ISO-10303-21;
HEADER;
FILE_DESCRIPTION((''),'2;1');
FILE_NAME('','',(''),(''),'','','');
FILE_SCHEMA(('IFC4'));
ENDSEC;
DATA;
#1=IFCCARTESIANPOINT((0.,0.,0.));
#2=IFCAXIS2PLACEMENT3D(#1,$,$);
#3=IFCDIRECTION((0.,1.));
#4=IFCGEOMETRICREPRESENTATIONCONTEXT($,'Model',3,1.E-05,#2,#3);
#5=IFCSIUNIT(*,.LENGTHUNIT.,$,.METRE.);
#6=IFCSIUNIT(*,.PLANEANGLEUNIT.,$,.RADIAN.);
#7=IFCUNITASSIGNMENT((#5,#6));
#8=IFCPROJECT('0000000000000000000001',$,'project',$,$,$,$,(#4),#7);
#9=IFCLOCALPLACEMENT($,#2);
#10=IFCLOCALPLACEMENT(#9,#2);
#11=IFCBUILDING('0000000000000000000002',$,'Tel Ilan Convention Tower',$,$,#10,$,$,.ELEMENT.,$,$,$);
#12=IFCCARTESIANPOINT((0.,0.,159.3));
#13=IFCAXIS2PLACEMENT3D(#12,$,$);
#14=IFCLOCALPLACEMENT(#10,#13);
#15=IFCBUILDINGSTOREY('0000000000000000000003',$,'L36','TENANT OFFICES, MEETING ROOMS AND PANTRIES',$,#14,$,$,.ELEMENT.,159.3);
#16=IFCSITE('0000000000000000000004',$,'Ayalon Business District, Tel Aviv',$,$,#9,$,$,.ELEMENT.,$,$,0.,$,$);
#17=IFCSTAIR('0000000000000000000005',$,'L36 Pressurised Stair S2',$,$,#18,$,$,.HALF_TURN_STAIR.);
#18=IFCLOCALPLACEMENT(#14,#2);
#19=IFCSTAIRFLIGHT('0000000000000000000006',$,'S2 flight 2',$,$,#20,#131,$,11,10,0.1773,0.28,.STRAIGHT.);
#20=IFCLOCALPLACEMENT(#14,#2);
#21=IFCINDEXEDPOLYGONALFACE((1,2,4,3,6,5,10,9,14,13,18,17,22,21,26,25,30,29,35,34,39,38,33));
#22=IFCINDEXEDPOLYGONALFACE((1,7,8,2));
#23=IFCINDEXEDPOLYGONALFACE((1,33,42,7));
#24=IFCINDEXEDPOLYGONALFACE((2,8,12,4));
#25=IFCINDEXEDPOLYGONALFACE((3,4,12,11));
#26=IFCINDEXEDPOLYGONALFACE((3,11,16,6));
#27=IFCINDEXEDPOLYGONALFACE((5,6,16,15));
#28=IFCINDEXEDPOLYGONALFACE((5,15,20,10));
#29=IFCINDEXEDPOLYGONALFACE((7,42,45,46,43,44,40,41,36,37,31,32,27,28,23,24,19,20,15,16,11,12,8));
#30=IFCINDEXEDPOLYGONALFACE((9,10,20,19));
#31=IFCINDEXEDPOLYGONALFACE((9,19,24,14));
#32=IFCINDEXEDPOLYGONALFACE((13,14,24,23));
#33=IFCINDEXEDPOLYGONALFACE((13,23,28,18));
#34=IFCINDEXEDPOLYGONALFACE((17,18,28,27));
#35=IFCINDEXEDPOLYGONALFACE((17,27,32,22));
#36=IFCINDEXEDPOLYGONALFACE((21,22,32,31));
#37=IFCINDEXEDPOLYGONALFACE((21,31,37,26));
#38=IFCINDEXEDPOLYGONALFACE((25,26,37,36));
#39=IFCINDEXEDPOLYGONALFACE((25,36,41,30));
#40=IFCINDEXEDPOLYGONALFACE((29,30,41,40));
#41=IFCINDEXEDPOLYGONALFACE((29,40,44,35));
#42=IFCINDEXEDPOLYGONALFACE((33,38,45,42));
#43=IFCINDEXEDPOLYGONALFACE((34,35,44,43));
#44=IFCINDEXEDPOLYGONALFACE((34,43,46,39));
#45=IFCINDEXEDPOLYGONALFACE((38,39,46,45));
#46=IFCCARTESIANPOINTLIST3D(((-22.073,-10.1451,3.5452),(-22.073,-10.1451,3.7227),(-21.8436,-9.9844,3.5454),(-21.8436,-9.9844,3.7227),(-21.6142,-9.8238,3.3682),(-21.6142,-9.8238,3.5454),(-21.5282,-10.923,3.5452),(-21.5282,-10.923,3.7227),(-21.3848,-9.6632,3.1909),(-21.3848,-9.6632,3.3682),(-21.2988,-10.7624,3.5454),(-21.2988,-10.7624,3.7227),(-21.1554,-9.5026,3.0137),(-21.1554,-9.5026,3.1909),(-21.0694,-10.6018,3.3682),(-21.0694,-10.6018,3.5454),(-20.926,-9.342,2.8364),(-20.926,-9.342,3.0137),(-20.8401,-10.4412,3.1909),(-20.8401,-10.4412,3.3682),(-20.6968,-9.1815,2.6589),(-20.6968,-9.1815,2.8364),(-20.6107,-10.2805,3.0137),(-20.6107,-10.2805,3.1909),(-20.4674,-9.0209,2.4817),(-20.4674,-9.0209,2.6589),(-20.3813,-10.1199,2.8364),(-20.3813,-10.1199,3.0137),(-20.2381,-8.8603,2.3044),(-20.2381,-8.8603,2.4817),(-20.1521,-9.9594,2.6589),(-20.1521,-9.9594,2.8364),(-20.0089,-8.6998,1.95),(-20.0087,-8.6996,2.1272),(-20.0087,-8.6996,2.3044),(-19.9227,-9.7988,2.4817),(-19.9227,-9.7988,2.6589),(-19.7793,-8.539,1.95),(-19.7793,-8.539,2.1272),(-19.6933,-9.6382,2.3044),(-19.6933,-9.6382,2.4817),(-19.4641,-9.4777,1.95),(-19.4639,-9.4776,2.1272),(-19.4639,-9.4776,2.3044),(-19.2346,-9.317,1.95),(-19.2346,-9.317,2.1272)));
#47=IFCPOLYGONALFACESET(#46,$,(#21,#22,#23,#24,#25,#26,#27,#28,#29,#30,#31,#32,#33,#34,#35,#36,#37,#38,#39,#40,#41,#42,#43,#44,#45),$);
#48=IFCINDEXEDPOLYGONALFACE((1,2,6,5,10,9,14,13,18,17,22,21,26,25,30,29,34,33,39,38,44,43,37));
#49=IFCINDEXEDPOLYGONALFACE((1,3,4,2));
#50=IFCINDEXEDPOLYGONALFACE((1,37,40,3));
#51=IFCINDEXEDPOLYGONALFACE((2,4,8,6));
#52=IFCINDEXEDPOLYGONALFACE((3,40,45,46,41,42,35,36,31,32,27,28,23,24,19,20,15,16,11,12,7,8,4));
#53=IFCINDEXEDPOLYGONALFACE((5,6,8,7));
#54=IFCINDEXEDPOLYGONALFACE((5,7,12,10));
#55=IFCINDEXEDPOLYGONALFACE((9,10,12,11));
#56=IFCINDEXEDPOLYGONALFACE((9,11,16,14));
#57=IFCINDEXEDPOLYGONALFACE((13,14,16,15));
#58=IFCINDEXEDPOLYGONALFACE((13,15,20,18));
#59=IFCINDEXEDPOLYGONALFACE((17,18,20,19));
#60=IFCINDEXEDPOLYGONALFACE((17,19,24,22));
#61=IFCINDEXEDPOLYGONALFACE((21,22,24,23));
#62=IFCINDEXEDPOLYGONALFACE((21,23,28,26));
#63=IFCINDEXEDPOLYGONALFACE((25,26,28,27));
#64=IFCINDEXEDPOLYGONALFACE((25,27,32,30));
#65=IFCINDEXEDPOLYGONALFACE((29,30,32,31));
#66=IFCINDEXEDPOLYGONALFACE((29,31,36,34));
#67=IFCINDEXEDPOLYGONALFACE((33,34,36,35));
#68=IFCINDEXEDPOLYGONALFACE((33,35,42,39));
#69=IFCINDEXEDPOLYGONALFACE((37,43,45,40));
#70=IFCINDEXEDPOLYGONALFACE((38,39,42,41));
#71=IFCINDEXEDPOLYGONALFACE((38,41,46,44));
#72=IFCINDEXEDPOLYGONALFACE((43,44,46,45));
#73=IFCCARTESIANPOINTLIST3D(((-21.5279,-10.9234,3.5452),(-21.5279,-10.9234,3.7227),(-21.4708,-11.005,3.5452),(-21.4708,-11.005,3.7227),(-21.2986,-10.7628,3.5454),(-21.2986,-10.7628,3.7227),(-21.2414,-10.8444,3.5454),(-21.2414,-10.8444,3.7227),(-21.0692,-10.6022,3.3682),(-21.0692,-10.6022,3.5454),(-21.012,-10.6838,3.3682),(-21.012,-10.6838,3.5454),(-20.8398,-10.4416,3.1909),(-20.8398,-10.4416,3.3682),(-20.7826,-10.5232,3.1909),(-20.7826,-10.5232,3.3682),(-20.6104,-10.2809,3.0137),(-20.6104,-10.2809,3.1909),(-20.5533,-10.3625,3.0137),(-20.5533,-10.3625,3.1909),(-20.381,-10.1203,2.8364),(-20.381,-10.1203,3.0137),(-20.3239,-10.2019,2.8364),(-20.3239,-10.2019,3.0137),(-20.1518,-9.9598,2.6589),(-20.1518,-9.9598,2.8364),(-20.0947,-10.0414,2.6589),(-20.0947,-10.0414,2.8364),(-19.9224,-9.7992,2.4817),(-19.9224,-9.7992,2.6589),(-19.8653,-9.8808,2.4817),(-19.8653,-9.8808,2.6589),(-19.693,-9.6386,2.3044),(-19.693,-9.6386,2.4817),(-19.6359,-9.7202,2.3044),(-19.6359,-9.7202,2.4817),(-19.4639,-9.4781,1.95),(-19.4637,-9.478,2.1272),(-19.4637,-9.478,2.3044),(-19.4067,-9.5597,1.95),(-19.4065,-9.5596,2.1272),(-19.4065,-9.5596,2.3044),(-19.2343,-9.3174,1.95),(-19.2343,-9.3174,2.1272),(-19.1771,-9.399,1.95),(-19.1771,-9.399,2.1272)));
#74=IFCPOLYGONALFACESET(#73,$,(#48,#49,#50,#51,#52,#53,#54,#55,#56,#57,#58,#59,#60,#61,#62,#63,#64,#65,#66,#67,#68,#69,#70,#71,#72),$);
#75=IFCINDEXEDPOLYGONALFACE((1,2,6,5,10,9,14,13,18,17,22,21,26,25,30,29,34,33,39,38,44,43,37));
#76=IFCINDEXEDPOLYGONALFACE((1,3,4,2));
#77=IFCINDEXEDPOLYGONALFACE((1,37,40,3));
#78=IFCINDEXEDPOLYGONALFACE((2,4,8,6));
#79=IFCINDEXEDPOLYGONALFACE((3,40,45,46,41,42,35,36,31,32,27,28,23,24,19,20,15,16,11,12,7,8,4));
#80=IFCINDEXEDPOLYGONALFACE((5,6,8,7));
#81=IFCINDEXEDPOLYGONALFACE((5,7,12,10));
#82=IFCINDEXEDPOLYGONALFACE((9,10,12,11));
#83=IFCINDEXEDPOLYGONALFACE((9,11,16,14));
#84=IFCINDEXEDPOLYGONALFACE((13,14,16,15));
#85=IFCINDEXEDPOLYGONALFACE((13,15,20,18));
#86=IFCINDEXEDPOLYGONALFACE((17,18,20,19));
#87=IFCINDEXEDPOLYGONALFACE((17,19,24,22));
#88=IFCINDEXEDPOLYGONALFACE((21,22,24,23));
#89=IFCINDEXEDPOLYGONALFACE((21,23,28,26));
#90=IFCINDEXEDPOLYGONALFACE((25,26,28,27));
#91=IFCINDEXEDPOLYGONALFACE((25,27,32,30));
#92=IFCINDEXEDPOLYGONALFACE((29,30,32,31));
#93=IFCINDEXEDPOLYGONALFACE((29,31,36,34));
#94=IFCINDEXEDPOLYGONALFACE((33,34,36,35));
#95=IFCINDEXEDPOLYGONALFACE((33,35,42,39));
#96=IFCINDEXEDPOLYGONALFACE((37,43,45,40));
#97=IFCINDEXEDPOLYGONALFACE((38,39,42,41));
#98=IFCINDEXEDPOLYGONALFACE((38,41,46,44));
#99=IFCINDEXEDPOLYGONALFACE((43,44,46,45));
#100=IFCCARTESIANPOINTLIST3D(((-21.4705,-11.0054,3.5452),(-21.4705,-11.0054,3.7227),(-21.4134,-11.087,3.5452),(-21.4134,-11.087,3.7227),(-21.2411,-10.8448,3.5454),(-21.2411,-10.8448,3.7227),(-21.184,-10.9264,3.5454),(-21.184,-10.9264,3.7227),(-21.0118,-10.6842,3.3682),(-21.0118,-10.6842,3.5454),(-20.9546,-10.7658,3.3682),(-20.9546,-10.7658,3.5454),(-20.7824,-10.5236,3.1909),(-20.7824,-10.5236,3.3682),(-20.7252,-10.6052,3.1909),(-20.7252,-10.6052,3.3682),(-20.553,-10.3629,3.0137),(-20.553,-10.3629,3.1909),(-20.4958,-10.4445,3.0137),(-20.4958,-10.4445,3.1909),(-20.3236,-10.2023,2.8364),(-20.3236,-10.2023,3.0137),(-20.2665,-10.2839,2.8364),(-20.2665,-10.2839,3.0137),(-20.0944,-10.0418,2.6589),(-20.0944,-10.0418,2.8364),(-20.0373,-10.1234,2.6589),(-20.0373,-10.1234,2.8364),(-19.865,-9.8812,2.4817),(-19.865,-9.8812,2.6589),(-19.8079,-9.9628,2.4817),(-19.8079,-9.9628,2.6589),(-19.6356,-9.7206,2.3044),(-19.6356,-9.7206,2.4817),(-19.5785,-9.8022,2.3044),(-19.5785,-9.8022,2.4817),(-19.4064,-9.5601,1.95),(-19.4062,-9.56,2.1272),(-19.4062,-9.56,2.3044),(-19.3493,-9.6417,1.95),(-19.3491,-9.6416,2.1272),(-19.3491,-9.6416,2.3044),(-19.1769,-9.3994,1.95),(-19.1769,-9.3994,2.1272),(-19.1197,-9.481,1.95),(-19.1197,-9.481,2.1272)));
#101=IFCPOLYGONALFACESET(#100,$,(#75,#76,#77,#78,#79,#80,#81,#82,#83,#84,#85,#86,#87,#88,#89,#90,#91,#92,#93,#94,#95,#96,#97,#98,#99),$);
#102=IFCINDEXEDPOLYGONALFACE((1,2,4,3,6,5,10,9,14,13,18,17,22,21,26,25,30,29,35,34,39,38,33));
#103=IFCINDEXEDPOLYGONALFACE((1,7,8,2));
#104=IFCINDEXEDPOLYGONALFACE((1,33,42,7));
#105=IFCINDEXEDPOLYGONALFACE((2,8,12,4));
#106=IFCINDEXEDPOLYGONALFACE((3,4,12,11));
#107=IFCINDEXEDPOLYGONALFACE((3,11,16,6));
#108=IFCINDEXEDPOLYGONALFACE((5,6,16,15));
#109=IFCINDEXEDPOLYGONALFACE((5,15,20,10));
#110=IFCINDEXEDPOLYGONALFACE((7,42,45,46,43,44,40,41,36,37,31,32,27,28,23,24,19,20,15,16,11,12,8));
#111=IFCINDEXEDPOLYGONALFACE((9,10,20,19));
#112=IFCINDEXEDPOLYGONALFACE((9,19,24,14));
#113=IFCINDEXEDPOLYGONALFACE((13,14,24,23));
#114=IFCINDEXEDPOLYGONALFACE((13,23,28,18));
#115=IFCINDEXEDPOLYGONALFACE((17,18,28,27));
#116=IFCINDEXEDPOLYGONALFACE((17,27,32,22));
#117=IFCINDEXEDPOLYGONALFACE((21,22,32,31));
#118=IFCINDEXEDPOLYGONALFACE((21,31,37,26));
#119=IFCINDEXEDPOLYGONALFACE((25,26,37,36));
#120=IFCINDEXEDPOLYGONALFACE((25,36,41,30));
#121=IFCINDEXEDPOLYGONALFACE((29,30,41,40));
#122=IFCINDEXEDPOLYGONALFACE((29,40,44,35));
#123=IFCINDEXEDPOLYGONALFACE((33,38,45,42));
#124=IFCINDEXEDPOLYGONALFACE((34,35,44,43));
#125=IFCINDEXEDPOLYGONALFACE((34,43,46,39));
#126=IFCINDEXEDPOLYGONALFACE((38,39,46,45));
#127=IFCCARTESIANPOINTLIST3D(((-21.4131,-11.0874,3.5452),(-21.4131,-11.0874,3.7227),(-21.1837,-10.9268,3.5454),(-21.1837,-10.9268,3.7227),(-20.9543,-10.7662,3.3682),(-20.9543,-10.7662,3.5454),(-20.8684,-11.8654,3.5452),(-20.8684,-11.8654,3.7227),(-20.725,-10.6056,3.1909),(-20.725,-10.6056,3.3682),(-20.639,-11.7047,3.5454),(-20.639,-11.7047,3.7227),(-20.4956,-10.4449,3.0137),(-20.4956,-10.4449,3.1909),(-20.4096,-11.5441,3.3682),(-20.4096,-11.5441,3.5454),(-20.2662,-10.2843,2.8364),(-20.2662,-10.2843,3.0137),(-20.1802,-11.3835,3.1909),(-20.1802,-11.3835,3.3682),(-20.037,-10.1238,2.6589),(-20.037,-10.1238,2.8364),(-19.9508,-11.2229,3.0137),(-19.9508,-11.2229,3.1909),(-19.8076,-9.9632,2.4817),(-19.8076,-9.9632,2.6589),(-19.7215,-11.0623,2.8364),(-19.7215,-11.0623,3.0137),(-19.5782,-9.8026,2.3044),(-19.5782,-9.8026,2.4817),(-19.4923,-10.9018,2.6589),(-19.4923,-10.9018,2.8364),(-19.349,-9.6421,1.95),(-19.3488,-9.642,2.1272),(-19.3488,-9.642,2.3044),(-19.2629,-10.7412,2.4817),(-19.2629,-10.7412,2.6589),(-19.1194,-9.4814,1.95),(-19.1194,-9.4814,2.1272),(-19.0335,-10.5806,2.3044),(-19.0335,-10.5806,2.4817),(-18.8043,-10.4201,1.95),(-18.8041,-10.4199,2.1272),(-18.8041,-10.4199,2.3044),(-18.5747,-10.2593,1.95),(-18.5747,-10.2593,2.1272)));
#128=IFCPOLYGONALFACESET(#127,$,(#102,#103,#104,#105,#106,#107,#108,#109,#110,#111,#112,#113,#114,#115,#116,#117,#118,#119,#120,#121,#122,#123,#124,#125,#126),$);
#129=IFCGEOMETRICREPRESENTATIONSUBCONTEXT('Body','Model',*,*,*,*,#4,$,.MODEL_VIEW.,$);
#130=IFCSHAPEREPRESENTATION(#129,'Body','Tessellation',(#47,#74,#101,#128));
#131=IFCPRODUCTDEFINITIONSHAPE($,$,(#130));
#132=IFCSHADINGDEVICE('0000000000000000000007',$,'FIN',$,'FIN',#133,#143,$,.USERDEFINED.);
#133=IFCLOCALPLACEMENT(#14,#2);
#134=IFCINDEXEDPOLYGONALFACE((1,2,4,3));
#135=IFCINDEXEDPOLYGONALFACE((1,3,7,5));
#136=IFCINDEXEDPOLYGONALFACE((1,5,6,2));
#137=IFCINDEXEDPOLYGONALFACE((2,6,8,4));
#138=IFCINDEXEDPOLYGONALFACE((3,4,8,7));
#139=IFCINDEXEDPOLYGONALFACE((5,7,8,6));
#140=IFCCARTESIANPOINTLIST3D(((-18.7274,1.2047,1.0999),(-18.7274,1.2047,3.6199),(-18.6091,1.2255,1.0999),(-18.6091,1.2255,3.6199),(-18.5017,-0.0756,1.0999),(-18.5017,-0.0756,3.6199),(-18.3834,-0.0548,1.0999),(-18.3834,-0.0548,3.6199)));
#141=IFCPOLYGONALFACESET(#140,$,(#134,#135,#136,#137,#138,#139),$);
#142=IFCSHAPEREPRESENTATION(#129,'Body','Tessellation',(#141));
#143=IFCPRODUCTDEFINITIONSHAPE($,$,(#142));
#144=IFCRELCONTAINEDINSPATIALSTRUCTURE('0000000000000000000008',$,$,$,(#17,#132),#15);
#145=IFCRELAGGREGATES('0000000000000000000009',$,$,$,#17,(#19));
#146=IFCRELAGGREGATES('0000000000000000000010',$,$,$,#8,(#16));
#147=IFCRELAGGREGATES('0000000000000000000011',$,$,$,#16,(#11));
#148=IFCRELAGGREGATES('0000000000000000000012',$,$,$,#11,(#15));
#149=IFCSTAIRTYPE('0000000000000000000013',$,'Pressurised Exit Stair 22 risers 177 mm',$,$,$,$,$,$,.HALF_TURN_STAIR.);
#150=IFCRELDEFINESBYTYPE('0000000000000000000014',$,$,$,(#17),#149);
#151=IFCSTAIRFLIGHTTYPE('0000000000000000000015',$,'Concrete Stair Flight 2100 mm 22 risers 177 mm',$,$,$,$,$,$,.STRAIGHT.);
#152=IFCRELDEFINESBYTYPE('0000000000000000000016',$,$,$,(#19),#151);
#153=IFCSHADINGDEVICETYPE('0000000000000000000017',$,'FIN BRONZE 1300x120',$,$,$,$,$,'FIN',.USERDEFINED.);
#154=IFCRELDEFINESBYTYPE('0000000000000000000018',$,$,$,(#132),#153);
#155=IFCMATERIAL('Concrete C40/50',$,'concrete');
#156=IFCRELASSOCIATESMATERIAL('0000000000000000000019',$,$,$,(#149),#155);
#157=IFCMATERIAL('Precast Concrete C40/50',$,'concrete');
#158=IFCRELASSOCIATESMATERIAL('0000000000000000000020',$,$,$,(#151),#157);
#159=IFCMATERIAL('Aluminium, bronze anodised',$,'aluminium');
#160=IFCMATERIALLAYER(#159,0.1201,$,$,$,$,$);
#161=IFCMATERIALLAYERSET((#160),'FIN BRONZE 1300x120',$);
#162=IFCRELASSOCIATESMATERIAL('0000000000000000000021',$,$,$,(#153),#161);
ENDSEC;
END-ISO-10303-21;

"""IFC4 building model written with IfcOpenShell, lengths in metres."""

from ifc_helpers import new_model, si_unit, direction, frame, origin, origin_2d, place, context, subcontext, project, spatial, polyline, rectangle, outline, extrude, material, layer, layer_set, type_object, element, aggregate, save


model = new_model("IFC4")

# Units and contexts
model_context = context("Model", 3, precision=1e-05, world=origin(), true_north=direction((0.0, 1.0)))
body_context = subcontext(model_context, "Body", "Model", "MODEL_VIEW")
ifc_project = project(units=[si_unit("LENGTHUNIT", "METRE"), si_unit("PLANEANGLEUNIT", "RADIAN")], contexts=[model_context])

# Site, building, storey
site_placement = place(None, origin())
site = spatial("IfcSite", under=ifc_project, at=site_placement, Name="Ayalon Business District, Tel Aviv", CompositionType="ELEMENT", RefElevation=0.0)
building_placement = place(site_placement, origin())
building = spatial("IfcBuilding", under=site, at=building_placement, Name="Tel Ilan Convention Tower", CompositionType="ELEMENT")
storey_placement = place(building_placement, frame((0.0, 0.0, 159.3)))
storey = spatial("IfcBuildingStorey", under=building, at=storey_placement, Name="L36", Description="TENANT OFFICES, MEETING ROOMS AND PANTRIES", CompositionType="ELEMENT", Elevation=159.3)

# Stair, stair flight
ifc_material_1 = material(Name="Concrete C40/50", Category="concrete")
stair_type = type_object("IfcStairType", Name="Pressurised Exit Stair 22 risers 177 mm", PredefinedType="HALF_TURN_STAIR", material=ifc_material_1)
ifc_material_2 = material(Name="Precast Concrete C40/50", Category="concrete")
stair_flight_type = type_object("IfcStairFlightType", Name="Concrete Stair Flight 2100 mm 22 risers 177 mm", PredefinedType="STRAIGHT", material=ifc_material_2)
stair_1_placement = place(storey_placement, origin())
stair_1 = element("IfcStair", 1, at=stair_1_placement, inside=storey, type_object=stair_type, Name="L36 Pressurised Stair S2", PredefinedType="HALF_TURN_STAIR")
stair_flight_1_placement = place(storey_placement, frame((-19.177, -9.3992, 1.95), z_axis=(0.0, 0.0, 1.0), x_axis=(-0.819152, -0.573576, 0.0)))
stair_flight_1 = element("IfcStairFlight", 2, at=stair_flight_1_placement, type_object=stair_flight_type, Name="S2 flight 2", NumberOfRisers=11, NumberOfTreads=10, PredefinedType="STRAIGHT", RiserHeight=0.1773, TreadLength=0.28, context=body_context, shape_type="SweptSolid", body=[
    extrude(outline(polyline([(0.0, 0.0), (0.0, 0.1772), (0.28, 0.1772), (0.28, 0.3545), (0.5601, 0.3545), (0.5601, 0.5317), (0.8401, 0.5317), (0.8401, 0.709), (1.1201, 0.709), (1.1201, 0.8865), (1.3999, 0.8865), (1.3999, 1.0637), (1.6799, 1.0637), (1.6799, 1.241), (1.96, 1.241), (1.96, 1.4182), (2.24, 1.4182), (2.24, 1.5955), (2.52, 1.5955), (2.52, 1.7727), (2.8, 1.7727), (2.8, 1.95), (2.8, 1.5952), (0.2803, 0.0), (0.0, 0.0)])), frame((0.0, -0.1003, 0.0), z_axis=(0.0, -1.0, 0.0), x_axis=(1.0, 0.0, 0.0)), (0.0, 0.0, 1.0), 0.9497),
    extrude(outline(polyline([(0.0, 0.0), (0.0, 0.1772), (0.28, 0.1772), (0.28, 0.3545), (0.5601, 0.3545), (0.5601, 0.5317), (0.8401, 0.5317), (0.8401, 0.709), (1.1201, 0.709), (1.1201, 0.8865), (1.3999, 0.8865), (1.3999, 1.0637), (1.6799, 1.0637), (1.6799, 1.241), (1.96, 1.241), (1.96, 1.4182), (2.24, 1.4182), (2.24, 1.5955), (2.52, 1.5955), (2.52, 1.7727), (2.8, 1.7727), (2.8, 1.95), (2.8, 1.5952), (0.2803, 0.0), (0.0, 0.0)])), frame((0.0, -0.0002, 0.0), z_axis=(0.0, -1.0, 0.0), x_axis=(1.0, 0.0, 0.0)), (0.0, 0.0, 1.0), 0.0996),
    extrude(outline(polyline([(0.0, 0.0), (0.0, 0.1772), (0.28, 0.1772), (0.28, 0.3545), (0.5601, 0.3545), (0.5601, 0.5317), (0.8401, 0.5317), (0.8401, 0.709), (1.1201, 0.709), (1.1201, 0.8865), (1.3999, 0.8865), (1.3999, 1.0637), (1.6799, 1.0637), (1.6799, 1.241), (1.96, 1.241), (1.96, 1.4182), (2.24, 1.4182), (2.24, 1.5955), (2.52, 1.5955), (2.52, 1.7727), (2.8, 1.7727), (2.8, 1.95), (2.8, 1.5952), (0.2803, 0.0), (0.0, 0.0)])), frame((0.0, 0.0999, 0.0), z_axis=(0.0, -1.0, 0.0), x_axis=(1.0, 0.0, 0.0)), (0.0, 0.0, 1.0), 0.0996),
    extrude(outline(polyline([(0.0, 0.0), (0.0, 0.1772), (0.28, 0.1772), (0.28, 0.3545), (0.5601, 0.3545), (0.5601, 0.5317), (0.8401, 0.5317), (0.8401, 0.709), (1.1201, 0.709), (1.1201, 0.8865), (1.3999, 0.8865), (1.3999, 1.0637), (1.6799, 1.0637), (1.6799, 1.241), (1.96, 1.241), (1.96, 1.4182), (2.24, 1.4182), (2.24, 1.5955), (2.52, 1.5955), (2.52, 1.7727), (2.8, 1.7727), (2.8, 1.95), (2.8, 1.5952), (0.2803, 0.0), (0.0, 0.0)])), frame((0.0, 1.05, 0.0), z_axis=(0.0, -1.0, 0.0), x_axis=(1.0, 0.0, 0.0)), (0.0, 0.0, 1.0), 0.9497),
])
aggregate(stair_1, [stair_flight_1])

# Shading device
ifc_material_3 = material(Name="Aluminium, bronze anodised", Category="aluminium")
ifc_layer_1 = layer(ifc_material_3, 0.1201)
ifc_layer_set_1 = layer_set([ifc_layer_1], Name="FIN BRONZE 1300x120")
shading_device_type = type_object("IfcShadingDeviceType", Name="FIN BRONZE 1300x120", ElementType="FIN", PredefinedType="USERDEFINED", material=ifc_layer_set_1)
shading_device_placement = place(storey_placement, frame((-18.5554, 0.575, 1.0999), z_axis=(0.0, 0.0, 1.0), x_axis=(-0.173648, 0.984808, 0.0)))
element("IfcShadingDevice", 3, at=shading_device_placement, inside=storey, type_object=shading_device_type, Name="FIN", ObjectType="FIN", PredefinedType="USERDEFINED", context=body_context, shape_type="SweptSolid", body=[
    extrude(rectangle(XDim=1.3, YDim=0.1201, at=origin_2d()), origin(), (0.0, 0.0, 1.0), 2.52),
])

save(model, "model.ifc")
